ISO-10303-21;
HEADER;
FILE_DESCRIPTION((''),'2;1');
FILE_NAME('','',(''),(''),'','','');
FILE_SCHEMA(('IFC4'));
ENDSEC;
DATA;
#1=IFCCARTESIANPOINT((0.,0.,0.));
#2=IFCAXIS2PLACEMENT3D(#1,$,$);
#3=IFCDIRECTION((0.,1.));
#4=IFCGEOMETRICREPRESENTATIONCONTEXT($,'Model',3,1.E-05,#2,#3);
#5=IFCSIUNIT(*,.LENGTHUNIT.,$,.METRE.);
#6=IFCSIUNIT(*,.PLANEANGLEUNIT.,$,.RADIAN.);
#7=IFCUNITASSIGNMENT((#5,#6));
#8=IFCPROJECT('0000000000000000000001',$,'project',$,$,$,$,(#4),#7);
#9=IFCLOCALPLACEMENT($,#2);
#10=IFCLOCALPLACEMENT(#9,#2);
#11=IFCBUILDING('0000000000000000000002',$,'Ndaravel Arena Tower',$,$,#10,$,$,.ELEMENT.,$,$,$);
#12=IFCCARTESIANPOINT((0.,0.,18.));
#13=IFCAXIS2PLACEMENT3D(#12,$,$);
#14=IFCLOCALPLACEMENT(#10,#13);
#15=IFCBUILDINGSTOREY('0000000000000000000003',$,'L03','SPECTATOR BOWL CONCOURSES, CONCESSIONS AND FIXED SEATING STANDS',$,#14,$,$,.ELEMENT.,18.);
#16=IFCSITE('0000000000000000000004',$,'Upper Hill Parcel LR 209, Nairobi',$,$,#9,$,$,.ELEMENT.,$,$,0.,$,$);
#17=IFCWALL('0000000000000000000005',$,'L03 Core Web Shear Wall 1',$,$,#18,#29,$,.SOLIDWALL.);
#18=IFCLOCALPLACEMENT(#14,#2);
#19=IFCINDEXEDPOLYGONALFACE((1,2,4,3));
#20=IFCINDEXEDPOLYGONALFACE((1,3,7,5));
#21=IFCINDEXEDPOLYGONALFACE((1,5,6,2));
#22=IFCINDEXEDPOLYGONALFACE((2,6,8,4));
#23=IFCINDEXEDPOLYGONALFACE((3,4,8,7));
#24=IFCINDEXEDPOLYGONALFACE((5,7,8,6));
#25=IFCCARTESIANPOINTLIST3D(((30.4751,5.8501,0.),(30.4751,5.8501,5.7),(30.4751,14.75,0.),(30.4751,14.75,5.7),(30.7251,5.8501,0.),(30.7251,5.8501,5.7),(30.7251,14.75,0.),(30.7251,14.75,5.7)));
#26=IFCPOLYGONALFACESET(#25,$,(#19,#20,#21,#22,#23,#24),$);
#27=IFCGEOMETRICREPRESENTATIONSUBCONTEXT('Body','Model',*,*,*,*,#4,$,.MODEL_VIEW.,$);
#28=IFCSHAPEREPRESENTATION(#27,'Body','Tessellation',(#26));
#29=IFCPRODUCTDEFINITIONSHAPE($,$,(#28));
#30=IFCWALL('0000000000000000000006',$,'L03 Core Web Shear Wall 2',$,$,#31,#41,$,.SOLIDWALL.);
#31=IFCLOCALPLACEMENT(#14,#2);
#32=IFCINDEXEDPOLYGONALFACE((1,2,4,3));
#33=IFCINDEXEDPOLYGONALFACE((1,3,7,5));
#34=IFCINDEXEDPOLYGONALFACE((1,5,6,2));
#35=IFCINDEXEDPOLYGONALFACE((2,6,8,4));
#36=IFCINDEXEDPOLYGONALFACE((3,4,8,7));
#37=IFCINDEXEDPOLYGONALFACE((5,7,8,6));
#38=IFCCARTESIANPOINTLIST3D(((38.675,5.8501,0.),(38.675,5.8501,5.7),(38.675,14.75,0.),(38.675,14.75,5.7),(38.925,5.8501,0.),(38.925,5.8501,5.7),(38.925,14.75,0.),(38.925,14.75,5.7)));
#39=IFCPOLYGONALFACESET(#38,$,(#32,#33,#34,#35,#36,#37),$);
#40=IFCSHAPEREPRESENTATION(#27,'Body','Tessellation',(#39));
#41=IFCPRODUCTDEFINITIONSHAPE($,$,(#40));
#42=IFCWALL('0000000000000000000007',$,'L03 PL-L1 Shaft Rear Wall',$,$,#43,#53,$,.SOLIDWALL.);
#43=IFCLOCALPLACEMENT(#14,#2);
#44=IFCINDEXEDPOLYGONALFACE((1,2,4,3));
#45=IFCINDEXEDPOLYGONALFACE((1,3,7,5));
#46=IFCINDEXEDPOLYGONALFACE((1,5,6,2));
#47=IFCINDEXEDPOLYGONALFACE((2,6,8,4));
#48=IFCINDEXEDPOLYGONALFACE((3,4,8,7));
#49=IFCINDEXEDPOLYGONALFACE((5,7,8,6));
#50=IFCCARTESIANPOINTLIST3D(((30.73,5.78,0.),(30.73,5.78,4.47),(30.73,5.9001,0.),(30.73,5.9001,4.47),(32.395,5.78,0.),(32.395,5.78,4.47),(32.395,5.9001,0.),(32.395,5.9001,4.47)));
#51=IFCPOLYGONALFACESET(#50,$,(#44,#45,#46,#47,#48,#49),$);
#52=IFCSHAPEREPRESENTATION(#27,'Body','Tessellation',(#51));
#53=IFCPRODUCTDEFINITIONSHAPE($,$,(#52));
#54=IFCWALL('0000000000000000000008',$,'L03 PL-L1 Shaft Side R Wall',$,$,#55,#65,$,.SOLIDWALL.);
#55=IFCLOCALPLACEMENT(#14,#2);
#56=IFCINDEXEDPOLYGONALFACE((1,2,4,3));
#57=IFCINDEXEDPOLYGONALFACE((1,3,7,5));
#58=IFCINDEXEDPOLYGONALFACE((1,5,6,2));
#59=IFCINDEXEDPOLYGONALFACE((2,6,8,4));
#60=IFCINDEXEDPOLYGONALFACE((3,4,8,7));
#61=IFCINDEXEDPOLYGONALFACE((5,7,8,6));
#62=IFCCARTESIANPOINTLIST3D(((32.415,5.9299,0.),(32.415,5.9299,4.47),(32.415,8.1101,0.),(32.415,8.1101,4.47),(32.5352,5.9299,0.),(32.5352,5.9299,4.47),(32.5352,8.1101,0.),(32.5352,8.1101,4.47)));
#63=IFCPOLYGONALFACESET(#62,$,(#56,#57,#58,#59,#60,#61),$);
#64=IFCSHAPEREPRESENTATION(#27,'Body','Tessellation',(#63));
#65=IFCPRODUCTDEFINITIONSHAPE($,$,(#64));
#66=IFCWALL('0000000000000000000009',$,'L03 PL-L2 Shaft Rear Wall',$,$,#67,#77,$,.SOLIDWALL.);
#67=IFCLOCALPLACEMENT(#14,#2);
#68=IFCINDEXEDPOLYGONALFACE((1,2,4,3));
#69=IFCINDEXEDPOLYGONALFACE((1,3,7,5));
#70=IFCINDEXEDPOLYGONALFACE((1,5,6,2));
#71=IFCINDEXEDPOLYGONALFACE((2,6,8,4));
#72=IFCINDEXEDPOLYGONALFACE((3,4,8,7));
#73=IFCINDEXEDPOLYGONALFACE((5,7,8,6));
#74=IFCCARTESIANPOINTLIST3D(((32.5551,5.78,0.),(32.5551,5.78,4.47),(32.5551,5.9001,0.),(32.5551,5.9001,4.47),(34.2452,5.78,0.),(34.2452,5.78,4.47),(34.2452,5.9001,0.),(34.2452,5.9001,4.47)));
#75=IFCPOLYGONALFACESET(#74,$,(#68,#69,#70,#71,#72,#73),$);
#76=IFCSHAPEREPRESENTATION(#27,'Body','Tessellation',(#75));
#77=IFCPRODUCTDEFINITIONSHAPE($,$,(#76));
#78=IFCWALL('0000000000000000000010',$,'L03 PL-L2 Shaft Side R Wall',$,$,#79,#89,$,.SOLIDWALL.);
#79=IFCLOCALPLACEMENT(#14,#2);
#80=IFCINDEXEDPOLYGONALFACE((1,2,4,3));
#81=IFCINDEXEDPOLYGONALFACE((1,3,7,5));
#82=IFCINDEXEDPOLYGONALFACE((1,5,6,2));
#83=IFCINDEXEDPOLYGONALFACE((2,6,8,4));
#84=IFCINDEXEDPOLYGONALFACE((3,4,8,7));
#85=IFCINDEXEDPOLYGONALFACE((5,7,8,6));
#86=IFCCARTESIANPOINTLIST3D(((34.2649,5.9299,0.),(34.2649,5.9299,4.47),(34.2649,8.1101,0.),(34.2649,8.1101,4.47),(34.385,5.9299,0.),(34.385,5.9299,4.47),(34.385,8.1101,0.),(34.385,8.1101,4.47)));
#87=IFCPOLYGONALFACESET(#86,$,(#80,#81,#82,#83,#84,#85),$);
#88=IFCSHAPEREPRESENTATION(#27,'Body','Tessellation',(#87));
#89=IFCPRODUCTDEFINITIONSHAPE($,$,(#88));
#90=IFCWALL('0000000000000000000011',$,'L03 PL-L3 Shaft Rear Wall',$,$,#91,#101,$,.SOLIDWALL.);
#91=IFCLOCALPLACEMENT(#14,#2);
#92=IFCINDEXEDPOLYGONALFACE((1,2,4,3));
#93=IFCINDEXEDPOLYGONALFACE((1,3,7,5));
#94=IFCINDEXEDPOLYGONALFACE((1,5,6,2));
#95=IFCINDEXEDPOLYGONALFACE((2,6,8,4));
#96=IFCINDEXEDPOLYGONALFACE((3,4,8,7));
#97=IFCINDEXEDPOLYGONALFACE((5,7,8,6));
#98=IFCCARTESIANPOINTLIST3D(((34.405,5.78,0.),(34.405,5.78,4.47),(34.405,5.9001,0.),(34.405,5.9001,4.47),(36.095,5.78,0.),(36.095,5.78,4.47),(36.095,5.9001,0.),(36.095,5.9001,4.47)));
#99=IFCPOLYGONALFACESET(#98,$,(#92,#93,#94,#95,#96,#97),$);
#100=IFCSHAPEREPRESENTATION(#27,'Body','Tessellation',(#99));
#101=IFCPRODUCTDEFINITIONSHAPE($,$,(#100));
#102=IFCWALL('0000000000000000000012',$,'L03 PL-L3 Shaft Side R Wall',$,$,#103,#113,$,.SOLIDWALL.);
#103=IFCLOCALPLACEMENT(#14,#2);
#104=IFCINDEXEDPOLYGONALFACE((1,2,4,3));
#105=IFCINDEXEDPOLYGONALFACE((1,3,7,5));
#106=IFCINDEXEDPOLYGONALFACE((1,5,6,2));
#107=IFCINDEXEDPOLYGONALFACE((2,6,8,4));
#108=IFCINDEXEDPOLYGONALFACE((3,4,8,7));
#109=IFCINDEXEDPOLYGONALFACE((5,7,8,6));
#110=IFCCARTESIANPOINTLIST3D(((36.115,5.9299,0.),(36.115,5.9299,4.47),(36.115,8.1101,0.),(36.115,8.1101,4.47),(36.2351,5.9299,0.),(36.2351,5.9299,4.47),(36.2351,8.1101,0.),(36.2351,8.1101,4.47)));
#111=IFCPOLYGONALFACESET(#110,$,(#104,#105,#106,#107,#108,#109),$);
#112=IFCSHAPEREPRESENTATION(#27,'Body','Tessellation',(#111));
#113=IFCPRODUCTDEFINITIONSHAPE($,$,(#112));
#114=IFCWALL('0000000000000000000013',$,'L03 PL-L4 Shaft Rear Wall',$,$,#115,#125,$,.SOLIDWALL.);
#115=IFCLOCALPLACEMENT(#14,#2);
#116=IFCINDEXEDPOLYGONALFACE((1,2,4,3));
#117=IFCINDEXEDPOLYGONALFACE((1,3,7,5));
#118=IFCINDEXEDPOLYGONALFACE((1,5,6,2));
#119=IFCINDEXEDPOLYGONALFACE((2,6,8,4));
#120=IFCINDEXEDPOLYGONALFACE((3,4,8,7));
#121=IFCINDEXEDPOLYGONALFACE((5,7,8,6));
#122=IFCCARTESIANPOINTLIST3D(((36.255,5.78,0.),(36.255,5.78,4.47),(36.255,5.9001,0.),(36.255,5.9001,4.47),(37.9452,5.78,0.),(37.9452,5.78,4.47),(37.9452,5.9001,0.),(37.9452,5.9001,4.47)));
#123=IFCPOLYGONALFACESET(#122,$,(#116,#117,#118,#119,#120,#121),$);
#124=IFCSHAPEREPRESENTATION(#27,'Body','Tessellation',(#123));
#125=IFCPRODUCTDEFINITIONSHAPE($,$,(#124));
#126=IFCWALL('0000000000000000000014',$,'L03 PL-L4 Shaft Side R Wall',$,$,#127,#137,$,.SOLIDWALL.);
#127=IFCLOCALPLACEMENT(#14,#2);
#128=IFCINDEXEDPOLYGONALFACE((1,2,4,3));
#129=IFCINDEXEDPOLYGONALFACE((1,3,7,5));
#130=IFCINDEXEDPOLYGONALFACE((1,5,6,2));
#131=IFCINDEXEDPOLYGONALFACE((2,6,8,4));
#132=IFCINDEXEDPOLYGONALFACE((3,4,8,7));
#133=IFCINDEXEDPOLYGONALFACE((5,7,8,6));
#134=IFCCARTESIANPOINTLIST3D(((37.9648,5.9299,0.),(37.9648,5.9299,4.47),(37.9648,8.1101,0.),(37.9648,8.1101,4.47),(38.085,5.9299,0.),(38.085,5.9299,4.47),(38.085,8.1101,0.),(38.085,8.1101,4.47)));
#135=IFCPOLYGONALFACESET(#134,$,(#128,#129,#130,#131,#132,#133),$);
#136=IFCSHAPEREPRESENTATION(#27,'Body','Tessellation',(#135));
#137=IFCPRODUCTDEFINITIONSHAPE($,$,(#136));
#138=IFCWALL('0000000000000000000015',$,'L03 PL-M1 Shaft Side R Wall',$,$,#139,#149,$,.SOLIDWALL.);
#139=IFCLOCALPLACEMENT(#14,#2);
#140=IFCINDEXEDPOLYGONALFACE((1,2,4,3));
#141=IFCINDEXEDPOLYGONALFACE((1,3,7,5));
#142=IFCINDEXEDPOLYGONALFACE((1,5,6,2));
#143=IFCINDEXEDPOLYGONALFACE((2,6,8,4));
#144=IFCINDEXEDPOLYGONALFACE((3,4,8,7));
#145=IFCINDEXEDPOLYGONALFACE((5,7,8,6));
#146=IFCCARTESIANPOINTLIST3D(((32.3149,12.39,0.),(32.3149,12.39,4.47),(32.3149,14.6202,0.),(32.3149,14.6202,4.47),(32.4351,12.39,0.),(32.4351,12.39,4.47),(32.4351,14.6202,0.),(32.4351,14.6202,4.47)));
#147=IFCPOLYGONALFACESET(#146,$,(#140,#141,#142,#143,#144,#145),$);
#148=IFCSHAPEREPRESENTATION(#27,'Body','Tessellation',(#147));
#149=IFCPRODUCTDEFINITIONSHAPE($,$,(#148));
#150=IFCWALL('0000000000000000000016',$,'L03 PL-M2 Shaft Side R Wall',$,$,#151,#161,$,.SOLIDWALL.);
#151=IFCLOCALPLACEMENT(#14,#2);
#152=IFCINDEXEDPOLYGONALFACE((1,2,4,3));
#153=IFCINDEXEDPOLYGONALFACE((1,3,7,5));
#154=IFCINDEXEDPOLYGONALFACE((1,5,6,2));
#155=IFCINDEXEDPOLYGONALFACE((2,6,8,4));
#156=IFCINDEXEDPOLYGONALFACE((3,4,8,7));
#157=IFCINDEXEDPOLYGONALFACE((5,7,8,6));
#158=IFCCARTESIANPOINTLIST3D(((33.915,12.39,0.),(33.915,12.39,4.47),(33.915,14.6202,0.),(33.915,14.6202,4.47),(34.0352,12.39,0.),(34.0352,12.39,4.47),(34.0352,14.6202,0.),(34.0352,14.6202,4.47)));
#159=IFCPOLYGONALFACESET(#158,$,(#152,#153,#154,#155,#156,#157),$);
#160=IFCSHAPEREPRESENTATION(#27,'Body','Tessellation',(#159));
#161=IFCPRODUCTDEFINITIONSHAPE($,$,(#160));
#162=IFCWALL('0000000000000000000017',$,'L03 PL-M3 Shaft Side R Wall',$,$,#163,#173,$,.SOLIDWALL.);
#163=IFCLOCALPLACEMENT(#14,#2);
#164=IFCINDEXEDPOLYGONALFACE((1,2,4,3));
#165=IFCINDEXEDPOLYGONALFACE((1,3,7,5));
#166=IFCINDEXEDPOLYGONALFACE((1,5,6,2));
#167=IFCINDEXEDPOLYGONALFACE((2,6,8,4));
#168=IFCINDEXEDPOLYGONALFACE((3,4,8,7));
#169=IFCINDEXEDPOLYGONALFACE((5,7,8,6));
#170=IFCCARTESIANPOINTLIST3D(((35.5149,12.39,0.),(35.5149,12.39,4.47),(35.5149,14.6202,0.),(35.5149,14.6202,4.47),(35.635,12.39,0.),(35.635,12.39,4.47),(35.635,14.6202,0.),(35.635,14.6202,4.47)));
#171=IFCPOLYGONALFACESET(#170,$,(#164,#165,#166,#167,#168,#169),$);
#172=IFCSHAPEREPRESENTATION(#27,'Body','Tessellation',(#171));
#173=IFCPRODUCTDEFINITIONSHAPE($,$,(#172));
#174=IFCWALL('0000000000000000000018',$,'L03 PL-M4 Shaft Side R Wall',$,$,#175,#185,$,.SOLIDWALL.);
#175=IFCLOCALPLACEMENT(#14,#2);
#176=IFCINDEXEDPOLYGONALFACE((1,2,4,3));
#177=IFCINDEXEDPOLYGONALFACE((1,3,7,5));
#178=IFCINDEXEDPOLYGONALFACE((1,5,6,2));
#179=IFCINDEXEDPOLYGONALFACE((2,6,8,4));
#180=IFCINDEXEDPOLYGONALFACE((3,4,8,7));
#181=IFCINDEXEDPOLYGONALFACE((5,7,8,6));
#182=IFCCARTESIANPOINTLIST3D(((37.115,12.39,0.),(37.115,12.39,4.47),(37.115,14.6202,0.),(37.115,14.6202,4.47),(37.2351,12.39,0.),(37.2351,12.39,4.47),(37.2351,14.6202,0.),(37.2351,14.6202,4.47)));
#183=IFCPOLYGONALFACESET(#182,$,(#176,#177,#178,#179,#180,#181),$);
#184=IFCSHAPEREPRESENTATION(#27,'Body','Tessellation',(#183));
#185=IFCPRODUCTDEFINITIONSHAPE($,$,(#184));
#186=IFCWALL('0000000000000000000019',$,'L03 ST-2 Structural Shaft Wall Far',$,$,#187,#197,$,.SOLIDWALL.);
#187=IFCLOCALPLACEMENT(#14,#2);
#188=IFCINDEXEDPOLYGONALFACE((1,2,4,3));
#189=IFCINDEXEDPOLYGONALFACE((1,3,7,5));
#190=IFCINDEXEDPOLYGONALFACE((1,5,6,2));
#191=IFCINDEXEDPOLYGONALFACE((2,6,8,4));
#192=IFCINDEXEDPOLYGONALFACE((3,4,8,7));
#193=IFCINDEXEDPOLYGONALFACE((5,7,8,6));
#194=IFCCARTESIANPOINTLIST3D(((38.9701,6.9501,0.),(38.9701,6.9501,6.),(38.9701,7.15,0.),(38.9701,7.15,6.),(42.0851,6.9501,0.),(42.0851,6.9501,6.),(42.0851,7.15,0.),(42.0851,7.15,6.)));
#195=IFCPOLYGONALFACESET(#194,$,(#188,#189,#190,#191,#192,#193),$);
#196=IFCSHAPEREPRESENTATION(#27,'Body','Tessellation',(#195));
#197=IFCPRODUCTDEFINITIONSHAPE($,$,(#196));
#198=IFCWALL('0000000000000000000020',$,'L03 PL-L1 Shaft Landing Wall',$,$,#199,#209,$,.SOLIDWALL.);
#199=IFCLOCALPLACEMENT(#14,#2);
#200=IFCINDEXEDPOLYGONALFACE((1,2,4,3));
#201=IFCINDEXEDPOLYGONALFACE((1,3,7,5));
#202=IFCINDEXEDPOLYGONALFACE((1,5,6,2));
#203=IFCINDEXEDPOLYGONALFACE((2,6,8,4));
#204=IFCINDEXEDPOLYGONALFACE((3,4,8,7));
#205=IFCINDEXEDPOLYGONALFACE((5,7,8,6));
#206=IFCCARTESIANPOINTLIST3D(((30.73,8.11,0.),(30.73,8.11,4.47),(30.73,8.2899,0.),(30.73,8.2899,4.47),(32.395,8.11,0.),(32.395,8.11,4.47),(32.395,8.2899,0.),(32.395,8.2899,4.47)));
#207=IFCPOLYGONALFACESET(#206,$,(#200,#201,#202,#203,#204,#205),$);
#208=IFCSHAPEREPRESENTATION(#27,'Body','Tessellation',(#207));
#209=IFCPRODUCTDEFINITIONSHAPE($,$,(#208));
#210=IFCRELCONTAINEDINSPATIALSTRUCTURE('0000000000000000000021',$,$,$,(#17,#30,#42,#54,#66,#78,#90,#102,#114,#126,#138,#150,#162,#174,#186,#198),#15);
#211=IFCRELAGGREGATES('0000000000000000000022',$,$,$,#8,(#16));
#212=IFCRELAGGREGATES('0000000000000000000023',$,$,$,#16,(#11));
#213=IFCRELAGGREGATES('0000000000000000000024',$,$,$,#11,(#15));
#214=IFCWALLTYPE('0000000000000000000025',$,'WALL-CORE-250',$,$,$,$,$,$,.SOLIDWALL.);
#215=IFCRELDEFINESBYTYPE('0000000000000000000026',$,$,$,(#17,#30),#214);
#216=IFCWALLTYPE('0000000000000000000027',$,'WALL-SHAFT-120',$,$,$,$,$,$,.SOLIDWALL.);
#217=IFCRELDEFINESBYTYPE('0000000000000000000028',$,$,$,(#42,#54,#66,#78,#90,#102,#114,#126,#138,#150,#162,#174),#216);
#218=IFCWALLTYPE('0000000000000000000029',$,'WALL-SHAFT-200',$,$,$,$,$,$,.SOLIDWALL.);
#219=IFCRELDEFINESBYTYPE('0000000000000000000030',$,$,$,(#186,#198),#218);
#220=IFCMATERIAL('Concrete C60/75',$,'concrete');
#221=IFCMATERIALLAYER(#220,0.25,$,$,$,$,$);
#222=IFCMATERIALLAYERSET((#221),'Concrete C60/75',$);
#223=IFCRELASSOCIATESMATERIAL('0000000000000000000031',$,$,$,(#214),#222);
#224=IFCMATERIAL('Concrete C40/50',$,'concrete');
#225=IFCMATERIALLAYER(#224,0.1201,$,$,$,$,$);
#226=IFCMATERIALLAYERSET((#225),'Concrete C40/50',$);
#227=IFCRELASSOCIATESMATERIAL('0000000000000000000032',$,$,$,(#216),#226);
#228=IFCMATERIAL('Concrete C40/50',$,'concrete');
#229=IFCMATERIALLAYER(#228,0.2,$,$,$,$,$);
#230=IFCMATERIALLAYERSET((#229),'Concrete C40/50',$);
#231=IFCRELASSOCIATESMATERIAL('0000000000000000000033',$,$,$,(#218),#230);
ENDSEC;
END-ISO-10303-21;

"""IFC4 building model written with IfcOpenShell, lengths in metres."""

from ifc_helpers import new_model, si_unit, direction, frame, frame_2d, origin, place, context, subcontext, project, spatial, rectangle, extrude, material, layer, layer_set, type_object, element, save


model = new_model("IFC4")

# Units and contexts
model_context = context("Model", 3, precision=1e-05, world=origin(), true_north=direction((0.0, 1.0)))
body_context = subcontext(model_context, "Body", "Model", "MODEL_VIEW")
ifc_project = project(units=[si_unit("LENGTHUNIT", "METRE"), si_unit("PLANEANGLEUNIT", "RADIAN")], contexts=[model_context])

# Site, building, storey
site_placement = place(None, origin())
site = spatial("IfcSite", under=ifc_project, at=site_placement, Name="Upper Hill Parcel LR 209, Nairobi", CompositionType="ELEMENT", RefElevation=0.0)
building_placement = place(site_placement, origin())
building = spatial("IfcBuilding", under=site, at=building_placement, Name="Ndaravel Arena Tower", CompositionType="ELEMENT")
storey_placement = place(building_placement, frame((0.0, 0.0, 18.0)))
storey = spatial("IfcBuildingStorey", under=building, at=storey_placement, Name="L03", Description="SPECTATOR BOWL CONCOURSES, CONCESSIONS AND FIXED SEATING STANDS", CompositionType="ELEMENT", Elevation=18.0)

# Walls
ifc_material_1 = material(Name="Concrete C60/75", Category="concrete")
ifc_layer_1 = layer(ifc_material_1, 0.25)
ifc_layer_set_1 = layer_set([ifc_layer_1], Name="Concrete C60/75")
wall_type_1 = type_object("IfcWallType", Name="WALL-CORE-250", PredefinedType="SOLIDWALL", material=ifc_layer_set_1)
for number, where, z_axis, x_axis, name in (
    (1, (30.6001, 5.8501, 0.0), (0.0, 0.0, 1.0), (0.0, 1.0, 0.0), "L03 Core Web Shear Wall 1"),
    (2, (38.8, 5.8501, 0.0), (0.0, 0.0, 1.0), (0.0, 1.0, 0.0), "L03 Core Web Shear Wall 2"),
):
    element("IfcWall", number, at=place(storey_placement, frame(where, z_axis=z_axis, x_axis=x_axis)), inside=storey, type_object=wall_type_1, Name=name, PredefinedType="SOLIDWALL", context=body_context, shape_type="SweptSolid", body=[
        extrude(rectangle(XDim=8.8999, YDim=0.25, at=frame_2d((4.45, 0.0))), origin(), (0.0, 0.0, 1.0), 5.7),
    ])
ifc_material_2 = material(Name="Concrete C40/50", Category="concrete")
ifc_layer_2 = layer(ifc_material_2, 0.1201)
ifc_layer_set_2 = layer_set([ifc_layer_2], Name="Concrete C40/50")
wall_type_2 = type_object("IfcWallType", Name="WALL-SHAFT-120", PredefinedType="SOLIDWALL", material=ifc_layer_set_2)
wall_1_placement = place(storey_placement, frame((30.73, 5.8401, 0.0), z_axis=(0.0, 0.0, 1.0), x_axis=(1.0, 0.0, 0.0)))
element("IfcWall", 3, at=wall_1_placement, inside=storey, type_object=wall_type_2, Name="L03 PL-L1 Shaft Rear Wall", PredefinedType="SOLIDWALL", context=body_context, shape_type="SweptSolid", body=[
    extrude(rectangle(XDim=1.665, YDim=0.1201, at=frame_2d((0.8325, 0.0))), origin(), (0.0, 0.0, 1.0), 4.47),
])
wall_2_placement = place(storey_placement, frame((32.4751, 5.9299, 0.0), z_axis=(0.0, 0.0, 1.0), x_axis=(0.0, 1.0, 0.0)))
element("IfcWall", 4, at=wall_2_placement, inside=storey, type_object=wall_type_2, Name="L03 PL-L1 Shaft Side R Wall", PredefinedType="SOLIDWALL", context=body_context, shape_type="SweptSolid", body=[
    extrude(rectangle(XDim=2.1802, YDim=0.1201, at=frame_2d((1.0901, 0.0))), origin(), (0.0, 0.0, 1.0), 4.47),
])
wall_3_placement = place(storey_placement, frame((32.5549, 5.8401, 0.0), z_axis=(0.0, 0.0, 1.0), x_axis=(1.0, 0.0, 0.0)))
element("IfcWall", 5, at=wall_3_placement, inside=storey, type_object=wall_type_2, Name="L03 PL-L2 Shaft Rear Wall", PredefinedType="SOLIDWALL", context=body_context, shape_type="SweptSolid", body=[
    extrude(rectangle(XDim=1.6902, YDim=0.1201, at=frame_2d((0.8452, 0.0))), origin(), (0.0, 0.0, 1.0), 4.47),
])
wall_4_placement = place(storey_placement, frame((34.325, 5.9299, 0.0), z_axis=(0.0, 0.0, 1.0), x_axis=(0.0, 1.0, 0.0)))
element("IfcWall", 6, at=wall_4_placement, inside=storey, type_object=wall_type_2, Name="L03 PL-L2 Shaft Side R Wall", PredefinedType="SOLIDWALL", context=body_context, shape_type="SweptSolid", body=[
    extrude(rectangle(XDim=2.1802, YDim=0.1201, at=frame_2d((1.0901, 0.0))), origin(), (0.0, 0.0, 1.0), 4.47),
])
wall_5_placement = place(storey_placement, frame((34.405, 5.8401, 0.0), z_axis=(0.0, 0.0, 1.0), x_axis=(1.0, 0.0, 0.0)))
element("IfcWall", 7, at=wall_5_placement, inside=storey, type_object=wall_type_2, Name="L03 PL-L3 Shaft Rear Wall", PredefinedType="SOLIDWALL", context=body_context, shape_type="SweptSolid", body=[
    extrude(rectangle(XDim=1.6899, YDim=0.1201, at=frame_2d((0.845, 0.0))), origin(), (0.0, 0.0, 1.0), 4.47),
])
wall_6_placement = place(storey_placement, frame((36.175, 5.9299, 0.0), z_axis=(0.0, 0.0, 1.0), x_axis=(0.0, 1.0, 0.0)))
element("IfcWall", 8, at=wall_6_placement, inside=storey, type_object=wall_type_2, Name="L03 PL-L3 Shaft Side R Wall", PredefinedType="SOLIDWALL", context=body_context, shape_type="SweptSolid", body=[
    extrude(rectangle(XDim=2.1802, YDim=0.1201, at=frame_2d((1.0901, 0.0))), origin(), (0.0, 0.0, 1.0), 4.47),
])
wall_7_placement = place(storey_placement, frame((36.2549, 5.8401, 0.0), z_axis=(0.0, 0.0, 1.0), x_axis=(1.0, 0.0, 0.0)))
element("IfcWall", 9, at=wall_7_placement, inside=storey, type_object=wall_type_2, Name="L03 PL-L4 Shaft Rear Wall", PredefinedType="SOLIDWALL", context=body_context, shape_type="SweptSolid", body=[
    extrude(rectangle(XDim=1.6902, YDim=0.1201, at=frame_2d((0.8452, 0.0))), origin(), (0.0, 0.0, 1.0), 4.47),
])
wall_8_placement = place(storey_placement, frame((38.0249, 5.9299, 0.0), z_axis=(0.0, 0.0, 1.0), x_axis=(0.0, 1.0, 0.0)))
element("IfcWall", 10, at=wall_8_placement, inside=storey, type_object=wall_type_2, Name="L03 PL-L4 Shaft Side R Wall", PredefinedType="SOLIDWALL", context=body_context, shape_type="SweptSolid", body=[
    extrude(rectangle(XDim=2.1802, YDim=0.1201, at=frame_2d((1.0901, 0.0))), origin(), (0.0, 0.0, 1.0), 4.47),
])
for number, where, z_axis, x_axis, name in (
    (11, (32.375, 12.3899, 0.0), (0.0, 0.0, 1.0), (0.0, 1.0, 0.0), "L03 PL-M1 Shaft Side R Wall"),
    (12, (33.9751, 12.3899, 0.0), (0.0, 0.0, 1.0), (0.0, 1.0, 0.0), "L03 PL-M2 Shaft Side R Wall"),
    (13, (35.575, 12.3899, 0.0), (0.0, 0.0, 1.0), (0.0, 1.0, 0.0), "L03 PL-M3 Shaft Side R Wall"),
    (14, (37.175, 12.3899, 0.0), (0.0, 0.0, 1.0), (0.0, 1.0, 0.0), "L03 PL-M4 Shaft Side R Wall"),
):
    element("IfcWall", number, at=place(storey_placement, frame(where, z_axis=z_axis, x_axis=x_axis)), inside=storey, type_object=wall_type_2, Name=name, PredefinedType="SOLIDWALL", context=body_context, shape_type="SweptSolid", body=[
        extrude(rectangle(XDim=2.2302, YDim=0.1201, at=frame_2d((1.1152, 0.0))), origin(), (0.0, 0.0, 1.0), 4.47),
    ])
ifc_material_3 = material(Name="Concrete C40/50", Category="concrete")
ifc_layer_3 = layer(ifc_material_3, 0.2)
ifc_layer_set_3 = layer_set([ifc_layer_3], Name="Concrete C40/50")
wall_type_3 = type_object("IfcWallType", Name="WALL-SHAFT-200", PredefinedType="SOLIDWALL", material=ifc_layer_set_3)
wall_9_placement = place(storey_placement, frame((38.97, 7.05, 0.0), z_axis=(0.0, 0.0, 1.0), x_axis=(1.0, 0.0, 0.0)))
element("IfcWall", 15, at=wall_9_placement, inside=storey, type_object=wall_type_3, Name="L03 ST-2 Structural Shaft Wall Far", PredefinedType="SOLIDWALL", context=body_context, shape_type="SweptSolid", body=[
    extrude(rectangle(XDim=3.115, YDim=0.2, at=frame_2d((1.5576, 0.0))), origin(), (0.0, 0.0, 1.0), 6.0),
])
wall_10_placement = place(storey_placement, frame((30.73, 8.2, 0.0), z_axis=(0.0, 0.0, 1.0), x_axis=(1.0, 0.0, 0.0)))
element("IfcWall", 16, at=wall_10_placement, inside=storey, type_object=wall_type_3, Name="L03 PL-L1 Shaft Landing Wall", PredefinedType="SOLIDWALL", context=body_context, shape_type="SweptSolid", body=[
    extrude(rectangle(XDim=1.665, YDim=0.1799, at=frame_2d((0.8325, 0.0))), origin(), (0.0, 0.0, 1.0), 4.47),
])

save(model, "model.ifc")
